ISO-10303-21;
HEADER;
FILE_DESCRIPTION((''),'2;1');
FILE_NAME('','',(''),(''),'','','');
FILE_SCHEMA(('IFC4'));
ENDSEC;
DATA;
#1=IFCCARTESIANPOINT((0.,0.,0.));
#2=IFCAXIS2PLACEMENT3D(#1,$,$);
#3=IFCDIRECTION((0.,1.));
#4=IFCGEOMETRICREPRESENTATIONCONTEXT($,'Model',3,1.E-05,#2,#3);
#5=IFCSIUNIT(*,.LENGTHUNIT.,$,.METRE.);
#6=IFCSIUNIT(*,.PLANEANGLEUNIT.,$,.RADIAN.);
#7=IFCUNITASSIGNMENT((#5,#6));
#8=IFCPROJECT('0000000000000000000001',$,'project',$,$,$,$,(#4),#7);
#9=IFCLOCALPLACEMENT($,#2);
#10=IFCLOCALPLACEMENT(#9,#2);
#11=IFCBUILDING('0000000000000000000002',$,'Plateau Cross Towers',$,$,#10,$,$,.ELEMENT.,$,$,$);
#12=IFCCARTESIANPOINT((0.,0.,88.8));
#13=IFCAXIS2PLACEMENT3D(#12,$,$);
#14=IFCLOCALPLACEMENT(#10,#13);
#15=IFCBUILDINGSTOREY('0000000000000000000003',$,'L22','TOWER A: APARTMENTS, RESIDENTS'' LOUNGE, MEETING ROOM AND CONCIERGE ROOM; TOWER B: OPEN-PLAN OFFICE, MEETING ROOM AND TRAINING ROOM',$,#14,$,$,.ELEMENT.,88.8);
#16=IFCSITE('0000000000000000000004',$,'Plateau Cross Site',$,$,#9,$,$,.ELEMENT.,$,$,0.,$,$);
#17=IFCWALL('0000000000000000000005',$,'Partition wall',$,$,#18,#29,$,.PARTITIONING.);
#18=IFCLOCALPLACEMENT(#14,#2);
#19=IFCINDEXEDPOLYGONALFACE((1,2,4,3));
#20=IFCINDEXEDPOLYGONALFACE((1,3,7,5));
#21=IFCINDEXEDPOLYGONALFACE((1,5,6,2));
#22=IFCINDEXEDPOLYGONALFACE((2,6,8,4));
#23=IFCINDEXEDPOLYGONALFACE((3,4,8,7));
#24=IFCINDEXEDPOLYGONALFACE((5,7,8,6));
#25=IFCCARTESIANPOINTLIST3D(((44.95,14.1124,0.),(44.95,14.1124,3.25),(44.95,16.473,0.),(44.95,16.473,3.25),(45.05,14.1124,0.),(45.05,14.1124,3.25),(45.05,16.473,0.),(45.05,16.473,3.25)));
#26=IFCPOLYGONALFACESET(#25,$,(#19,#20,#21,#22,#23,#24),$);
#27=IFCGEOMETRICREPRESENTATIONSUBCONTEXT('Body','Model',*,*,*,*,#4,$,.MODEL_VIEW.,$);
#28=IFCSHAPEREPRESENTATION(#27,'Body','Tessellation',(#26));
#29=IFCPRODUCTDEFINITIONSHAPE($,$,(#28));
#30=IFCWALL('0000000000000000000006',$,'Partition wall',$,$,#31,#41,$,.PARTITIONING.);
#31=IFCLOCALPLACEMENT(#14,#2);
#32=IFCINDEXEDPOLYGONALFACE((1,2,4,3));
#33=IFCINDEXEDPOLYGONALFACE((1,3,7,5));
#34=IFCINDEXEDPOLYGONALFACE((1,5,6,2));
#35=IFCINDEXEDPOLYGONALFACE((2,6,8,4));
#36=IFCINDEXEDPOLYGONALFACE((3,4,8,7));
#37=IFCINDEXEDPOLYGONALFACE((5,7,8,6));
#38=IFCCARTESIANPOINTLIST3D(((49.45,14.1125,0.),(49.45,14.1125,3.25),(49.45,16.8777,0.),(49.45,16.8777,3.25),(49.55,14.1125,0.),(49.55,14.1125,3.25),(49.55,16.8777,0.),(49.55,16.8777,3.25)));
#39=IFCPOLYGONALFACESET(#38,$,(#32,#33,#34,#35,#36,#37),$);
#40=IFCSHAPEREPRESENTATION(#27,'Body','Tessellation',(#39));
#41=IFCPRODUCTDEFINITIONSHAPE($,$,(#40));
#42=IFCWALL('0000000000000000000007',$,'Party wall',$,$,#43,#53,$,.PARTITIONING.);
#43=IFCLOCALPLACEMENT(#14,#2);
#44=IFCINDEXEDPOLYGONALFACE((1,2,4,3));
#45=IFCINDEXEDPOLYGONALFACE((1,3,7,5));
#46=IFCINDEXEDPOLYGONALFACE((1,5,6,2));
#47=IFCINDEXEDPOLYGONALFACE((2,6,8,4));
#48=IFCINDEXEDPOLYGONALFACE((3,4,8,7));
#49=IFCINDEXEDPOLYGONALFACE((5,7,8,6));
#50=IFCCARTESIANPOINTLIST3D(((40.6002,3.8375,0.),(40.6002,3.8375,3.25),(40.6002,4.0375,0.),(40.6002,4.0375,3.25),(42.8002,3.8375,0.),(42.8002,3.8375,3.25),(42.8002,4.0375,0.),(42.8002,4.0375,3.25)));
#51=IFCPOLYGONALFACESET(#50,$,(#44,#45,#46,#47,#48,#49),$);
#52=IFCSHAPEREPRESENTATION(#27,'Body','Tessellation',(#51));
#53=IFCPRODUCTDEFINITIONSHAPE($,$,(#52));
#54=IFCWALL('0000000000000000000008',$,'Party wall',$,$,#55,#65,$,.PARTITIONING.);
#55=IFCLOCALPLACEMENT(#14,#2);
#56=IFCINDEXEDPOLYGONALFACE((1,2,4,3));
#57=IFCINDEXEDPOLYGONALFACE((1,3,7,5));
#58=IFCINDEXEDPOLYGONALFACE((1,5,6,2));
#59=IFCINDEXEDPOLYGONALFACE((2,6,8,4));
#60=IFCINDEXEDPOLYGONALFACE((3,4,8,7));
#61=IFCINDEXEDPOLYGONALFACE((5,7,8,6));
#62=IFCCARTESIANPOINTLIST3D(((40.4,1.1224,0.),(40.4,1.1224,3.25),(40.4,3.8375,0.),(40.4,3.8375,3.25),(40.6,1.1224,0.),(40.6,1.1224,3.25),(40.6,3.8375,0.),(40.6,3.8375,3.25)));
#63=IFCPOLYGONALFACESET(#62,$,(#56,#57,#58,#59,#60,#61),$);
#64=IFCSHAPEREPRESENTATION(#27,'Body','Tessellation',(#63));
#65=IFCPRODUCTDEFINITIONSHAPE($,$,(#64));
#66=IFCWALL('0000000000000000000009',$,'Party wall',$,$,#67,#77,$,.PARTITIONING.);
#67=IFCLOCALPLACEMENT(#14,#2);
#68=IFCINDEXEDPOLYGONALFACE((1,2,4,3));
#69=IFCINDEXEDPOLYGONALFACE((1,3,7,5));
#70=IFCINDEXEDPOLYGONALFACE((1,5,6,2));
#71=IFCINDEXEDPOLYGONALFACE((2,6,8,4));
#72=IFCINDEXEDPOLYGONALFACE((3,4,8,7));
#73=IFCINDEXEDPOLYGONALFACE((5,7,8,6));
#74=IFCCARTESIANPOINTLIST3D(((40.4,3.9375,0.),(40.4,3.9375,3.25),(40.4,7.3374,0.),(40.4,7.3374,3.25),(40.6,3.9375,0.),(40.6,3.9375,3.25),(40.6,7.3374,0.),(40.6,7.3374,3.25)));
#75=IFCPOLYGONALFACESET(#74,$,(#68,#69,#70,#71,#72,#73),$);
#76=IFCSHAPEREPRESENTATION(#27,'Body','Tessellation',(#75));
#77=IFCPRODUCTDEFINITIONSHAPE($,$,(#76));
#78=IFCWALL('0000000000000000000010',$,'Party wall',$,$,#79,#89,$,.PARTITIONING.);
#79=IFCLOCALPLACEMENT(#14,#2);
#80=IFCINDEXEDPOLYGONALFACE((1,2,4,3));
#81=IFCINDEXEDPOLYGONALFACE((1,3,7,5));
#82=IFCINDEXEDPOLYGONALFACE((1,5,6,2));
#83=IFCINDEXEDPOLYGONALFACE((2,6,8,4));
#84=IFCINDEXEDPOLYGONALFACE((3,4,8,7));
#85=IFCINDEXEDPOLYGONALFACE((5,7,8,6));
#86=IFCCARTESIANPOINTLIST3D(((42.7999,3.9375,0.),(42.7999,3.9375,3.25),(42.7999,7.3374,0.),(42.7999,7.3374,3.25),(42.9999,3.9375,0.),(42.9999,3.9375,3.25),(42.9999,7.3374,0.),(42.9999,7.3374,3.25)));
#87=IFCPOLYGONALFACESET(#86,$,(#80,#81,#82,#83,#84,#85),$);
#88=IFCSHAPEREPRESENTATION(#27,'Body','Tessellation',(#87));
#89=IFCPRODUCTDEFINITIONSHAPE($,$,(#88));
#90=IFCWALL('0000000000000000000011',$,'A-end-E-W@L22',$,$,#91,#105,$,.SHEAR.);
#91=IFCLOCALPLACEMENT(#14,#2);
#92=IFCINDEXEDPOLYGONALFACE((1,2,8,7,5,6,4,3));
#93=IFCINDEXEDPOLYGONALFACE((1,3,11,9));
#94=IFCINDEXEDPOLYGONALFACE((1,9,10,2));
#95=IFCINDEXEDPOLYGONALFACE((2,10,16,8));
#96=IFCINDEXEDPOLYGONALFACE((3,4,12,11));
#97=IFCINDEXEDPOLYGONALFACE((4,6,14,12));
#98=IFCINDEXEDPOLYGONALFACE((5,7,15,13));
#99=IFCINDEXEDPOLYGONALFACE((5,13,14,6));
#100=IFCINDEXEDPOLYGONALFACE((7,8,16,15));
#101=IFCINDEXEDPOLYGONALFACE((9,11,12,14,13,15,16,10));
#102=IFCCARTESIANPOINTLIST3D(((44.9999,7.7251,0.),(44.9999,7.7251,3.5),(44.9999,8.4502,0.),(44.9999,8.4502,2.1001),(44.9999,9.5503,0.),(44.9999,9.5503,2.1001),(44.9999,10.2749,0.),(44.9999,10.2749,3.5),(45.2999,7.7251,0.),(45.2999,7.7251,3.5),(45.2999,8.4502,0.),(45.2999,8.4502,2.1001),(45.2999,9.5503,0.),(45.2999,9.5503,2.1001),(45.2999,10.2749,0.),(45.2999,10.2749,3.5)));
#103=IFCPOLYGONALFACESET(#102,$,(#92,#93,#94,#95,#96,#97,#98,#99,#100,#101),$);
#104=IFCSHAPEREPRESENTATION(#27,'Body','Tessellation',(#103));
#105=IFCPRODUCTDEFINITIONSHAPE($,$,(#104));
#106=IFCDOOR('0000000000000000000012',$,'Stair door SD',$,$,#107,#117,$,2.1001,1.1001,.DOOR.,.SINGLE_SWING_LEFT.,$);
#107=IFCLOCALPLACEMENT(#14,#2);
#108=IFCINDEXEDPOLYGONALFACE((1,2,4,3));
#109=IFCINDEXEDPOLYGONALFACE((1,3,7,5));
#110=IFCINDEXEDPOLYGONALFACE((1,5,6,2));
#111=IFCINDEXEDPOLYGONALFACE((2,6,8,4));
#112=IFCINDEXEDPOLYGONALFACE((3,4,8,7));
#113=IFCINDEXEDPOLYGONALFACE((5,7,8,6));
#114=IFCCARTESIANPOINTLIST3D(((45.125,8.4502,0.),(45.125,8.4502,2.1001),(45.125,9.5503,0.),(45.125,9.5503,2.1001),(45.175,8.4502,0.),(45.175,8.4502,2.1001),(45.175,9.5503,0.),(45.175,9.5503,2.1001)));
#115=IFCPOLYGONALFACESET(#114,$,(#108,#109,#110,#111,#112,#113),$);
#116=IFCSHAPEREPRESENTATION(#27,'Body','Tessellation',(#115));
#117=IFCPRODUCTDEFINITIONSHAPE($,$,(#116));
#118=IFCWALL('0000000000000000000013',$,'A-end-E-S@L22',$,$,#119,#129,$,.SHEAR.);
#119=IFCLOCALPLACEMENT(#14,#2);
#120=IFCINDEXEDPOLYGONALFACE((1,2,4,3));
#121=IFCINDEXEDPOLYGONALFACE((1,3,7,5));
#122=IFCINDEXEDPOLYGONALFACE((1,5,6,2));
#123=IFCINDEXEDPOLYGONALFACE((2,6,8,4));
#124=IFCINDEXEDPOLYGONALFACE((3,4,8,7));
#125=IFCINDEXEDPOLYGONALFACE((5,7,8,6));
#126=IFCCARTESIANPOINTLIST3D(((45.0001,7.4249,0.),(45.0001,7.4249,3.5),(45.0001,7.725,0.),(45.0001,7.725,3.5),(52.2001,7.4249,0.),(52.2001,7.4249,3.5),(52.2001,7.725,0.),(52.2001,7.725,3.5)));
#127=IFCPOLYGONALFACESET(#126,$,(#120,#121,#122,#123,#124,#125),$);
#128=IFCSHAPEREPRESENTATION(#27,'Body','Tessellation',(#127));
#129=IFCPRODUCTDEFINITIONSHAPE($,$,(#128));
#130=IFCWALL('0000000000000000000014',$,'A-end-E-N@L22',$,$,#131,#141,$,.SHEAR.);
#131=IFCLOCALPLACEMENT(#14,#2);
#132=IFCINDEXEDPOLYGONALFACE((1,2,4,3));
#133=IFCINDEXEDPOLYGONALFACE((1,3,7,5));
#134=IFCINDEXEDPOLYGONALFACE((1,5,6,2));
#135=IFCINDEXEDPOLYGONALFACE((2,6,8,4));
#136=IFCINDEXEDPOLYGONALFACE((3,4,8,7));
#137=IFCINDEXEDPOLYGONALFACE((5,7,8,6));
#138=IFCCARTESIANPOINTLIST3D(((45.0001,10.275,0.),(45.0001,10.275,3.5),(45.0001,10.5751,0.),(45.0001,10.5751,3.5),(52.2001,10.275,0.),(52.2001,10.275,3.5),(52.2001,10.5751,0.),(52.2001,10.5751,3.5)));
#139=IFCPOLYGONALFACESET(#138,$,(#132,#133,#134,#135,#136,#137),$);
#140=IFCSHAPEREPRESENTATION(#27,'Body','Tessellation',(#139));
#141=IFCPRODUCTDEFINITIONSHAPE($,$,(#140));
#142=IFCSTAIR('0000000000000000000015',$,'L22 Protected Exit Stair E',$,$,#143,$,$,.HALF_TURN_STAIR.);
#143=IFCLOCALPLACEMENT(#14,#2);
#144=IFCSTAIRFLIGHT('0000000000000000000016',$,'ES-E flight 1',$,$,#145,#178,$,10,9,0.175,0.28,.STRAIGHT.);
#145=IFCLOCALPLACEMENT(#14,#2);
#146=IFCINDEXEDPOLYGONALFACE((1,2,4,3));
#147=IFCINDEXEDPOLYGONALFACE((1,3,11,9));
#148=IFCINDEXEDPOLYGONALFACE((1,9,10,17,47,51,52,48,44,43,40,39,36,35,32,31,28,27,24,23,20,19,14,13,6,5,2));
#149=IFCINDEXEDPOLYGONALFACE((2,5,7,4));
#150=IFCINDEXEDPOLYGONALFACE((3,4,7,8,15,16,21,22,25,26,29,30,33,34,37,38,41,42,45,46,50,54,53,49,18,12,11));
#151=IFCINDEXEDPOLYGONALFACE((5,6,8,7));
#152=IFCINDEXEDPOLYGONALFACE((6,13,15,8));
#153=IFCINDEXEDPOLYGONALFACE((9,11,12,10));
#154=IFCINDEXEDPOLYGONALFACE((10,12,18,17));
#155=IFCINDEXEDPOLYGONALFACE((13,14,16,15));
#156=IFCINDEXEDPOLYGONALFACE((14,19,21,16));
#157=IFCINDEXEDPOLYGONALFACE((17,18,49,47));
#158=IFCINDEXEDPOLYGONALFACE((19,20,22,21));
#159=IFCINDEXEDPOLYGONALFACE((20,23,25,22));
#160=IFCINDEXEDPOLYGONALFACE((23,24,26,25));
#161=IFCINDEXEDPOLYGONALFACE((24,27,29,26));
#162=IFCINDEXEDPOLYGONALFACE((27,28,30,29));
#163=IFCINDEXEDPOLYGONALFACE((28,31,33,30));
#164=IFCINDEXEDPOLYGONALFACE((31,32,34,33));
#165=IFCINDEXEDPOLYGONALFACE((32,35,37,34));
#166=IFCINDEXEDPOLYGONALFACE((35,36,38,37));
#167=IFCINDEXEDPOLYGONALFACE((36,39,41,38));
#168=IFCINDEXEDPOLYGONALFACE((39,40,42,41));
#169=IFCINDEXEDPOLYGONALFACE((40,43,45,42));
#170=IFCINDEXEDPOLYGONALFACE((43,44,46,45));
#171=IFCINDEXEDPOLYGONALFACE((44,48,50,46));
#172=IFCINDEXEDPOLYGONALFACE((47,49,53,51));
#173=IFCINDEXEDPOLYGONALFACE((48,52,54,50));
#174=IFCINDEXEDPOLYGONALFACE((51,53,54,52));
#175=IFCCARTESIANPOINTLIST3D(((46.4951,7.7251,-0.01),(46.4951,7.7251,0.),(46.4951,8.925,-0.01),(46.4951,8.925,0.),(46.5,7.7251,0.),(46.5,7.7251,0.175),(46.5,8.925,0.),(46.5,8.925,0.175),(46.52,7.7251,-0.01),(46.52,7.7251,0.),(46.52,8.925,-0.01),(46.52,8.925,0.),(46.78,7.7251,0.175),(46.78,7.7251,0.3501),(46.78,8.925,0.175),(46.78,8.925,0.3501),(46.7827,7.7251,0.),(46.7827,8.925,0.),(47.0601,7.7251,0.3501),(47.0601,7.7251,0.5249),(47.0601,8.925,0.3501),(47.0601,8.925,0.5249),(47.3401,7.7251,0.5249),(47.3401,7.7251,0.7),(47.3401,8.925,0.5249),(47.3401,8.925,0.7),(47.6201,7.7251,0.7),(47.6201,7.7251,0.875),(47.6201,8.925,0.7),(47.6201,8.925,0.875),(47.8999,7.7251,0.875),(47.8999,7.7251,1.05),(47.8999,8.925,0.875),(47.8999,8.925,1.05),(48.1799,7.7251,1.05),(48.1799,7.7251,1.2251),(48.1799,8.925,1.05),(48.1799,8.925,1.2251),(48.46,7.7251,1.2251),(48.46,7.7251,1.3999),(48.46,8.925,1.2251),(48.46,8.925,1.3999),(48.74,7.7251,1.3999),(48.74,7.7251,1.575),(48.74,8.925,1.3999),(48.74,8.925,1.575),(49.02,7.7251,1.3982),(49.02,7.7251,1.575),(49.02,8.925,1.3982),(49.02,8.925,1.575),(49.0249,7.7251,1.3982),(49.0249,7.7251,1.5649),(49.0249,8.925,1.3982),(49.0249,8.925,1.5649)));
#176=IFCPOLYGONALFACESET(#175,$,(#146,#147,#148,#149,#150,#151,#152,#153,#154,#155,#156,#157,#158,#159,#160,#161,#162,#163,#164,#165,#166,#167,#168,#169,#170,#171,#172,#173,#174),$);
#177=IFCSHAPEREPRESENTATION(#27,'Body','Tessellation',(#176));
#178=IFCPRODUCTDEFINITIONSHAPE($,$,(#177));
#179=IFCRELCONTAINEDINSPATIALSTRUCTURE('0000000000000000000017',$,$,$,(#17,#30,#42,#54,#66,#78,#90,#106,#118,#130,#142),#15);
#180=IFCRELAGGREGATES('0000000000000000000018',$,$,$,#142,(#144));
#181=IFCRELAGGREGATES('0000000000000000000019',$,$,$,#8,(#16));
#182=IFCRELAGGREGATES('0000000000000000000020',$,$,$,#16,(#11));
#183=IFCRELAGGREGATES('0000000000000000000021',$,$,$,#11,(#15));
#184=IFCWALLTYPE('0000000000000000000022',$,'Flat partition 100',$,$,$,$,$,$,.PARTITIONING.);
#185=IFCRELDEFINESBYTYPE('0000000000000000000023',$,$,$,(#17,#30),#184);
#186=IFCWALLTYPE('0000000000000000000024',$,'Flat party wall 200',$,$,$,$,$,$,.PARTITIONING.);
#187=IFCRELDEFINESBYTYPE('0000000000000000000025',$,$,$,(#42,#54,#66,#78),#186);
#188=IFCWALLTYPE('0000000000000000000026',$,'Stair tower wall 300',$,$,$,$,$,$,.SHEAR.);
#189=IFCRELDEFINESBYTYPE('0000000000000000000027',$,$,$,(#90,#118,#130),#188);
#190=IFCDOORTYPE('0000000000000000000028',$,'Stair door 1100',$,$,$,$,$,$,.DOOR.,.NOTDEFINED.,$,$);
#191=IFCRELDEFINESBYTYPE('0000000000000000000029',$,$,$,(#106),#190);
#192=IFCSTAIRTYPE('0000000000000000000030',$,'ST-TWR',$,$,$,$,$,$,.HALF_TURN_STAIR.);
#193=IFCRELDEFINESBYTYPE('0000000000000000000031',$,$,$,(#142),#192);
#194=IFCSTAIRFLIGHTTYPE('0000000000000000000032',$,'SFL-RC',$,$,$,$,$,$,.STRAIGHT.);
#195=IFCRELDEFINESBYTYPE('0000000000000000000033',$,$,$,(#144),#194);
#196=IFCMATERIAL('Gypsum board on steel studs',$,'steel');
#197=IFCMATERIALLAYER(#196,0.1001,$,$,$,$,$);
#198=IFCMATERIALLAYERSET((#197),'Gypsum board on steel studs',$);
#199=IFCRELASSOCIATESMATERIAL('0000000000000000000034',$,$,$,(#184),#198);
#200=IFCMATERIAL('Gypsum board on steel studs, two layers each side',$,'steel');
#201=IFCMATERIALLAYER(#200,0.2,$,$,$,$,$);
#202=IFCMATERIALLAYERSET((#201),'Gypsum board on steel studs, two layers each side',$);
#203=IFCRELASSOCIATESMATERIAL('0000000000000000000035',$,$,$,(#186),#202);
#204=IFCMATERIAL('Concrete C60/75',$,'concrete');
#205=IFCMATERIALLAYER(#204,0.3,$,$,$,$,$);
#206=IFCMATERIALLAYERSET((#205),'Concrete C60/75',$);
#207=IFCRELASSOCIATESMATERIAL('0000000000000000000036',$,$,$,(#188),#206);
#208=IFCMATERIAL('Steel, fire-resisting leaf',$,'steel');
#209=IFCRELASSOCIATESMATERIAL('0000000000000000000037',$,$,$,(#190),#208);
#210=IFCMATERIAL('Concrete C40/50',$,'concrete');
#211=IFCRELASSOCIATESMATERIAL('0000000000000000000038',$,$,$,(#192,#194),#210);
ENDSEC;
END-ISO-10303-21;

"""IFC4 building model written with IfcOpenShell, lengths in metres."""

from ifc_helpers import new_model, si_unit, direction, frame, frame_2d, origin, place, context, subcontext, project, spatial, polyline, rectangle, outline, extrude, material, layer, layer_set, type_object, element, fill, aggregate, save


model = new_model("IFC4")

# Units and contexts
model_context = context("Model", 3, precision=1e-05, world=origin(), true_north=direction((0.0, 1.0)))
body_context = subcontext(model_context, "Body", "Model", "MODEL_VIEW")
ifc_project = project(units=[si_unit("LENGTHUNIT", "METRE"), si_unit("PLANEANGLEUNIT", "RADIAN")], contexts=[model_context])

# Site, building, storey
site_placement = place(None, origin())
site = spatial("IfcSite", under=ifc_project, at=site_placement, Name="Plateau Cross Site", CompositionType="ELEMENT", RefElevation=0.0)
building_placement = place(site_placement, origin())
building = spatial("IfcBuilding", under=site, at=building_placement, Name="Plateau Cross Towers", CompositionType="ELEMENT")
storey_placement = place(building_placement, frame((0.0, 0.0, 88.8)))
storey = spatial("IfcBuildingStorey", under=building, at=storey_placement, Name="L22", Description="TOWER A: APARTMENTS, RESIDENTS' LOUNGE, MEETING ROOM AND CONCIERGE ROOM; TOWER B: OPEN-PLAN OFFICE, MEETING ROOM AND TRAINING ROOM", CompositionType="ELEMENT", Elevation=88.8)

# Walls
ifc_material_1 = material(Name="Gypsum board on steel studs", Category="steel")
ifc_layer_1 = layer(ifc_material_1, 0.1001)
ifc_layer_set_1 = layer_set([ifc_layer_1], Name="Gypsum board on steel studs")
wall_type_1 = type_object("IfcWallType", Name="Flat partition 100", PredefinedType="PARTITIONING", material=ifc_layer_set_1)
wall_1_placement = place(storey_placement, frame((45.0, 14.1125, 0.0), z_axis=(0.0, 0.0, 1.0), x_axis=(0.0, 1.0, 0.0)))
element("IfcWall", 1, at=wall_1_placement, inside=storey, type_object=wall_type_1, Name="Partition wall", PredefinedType="PARTITIONING", context=body_context, shape_type="SweptSolid", body=[
    extrude(rectangle(XDim=2.3606, YDim=0.1001, at=frame_2d((1.1802, 0.0))), origin(), (0.0, 0.0, 1.0), 3.25),
])
wall_2_placement = place(storey_placement, frame((49.5, 14.1125, 0.0), z_axis=(0.0, 0.0, 1.0), x_axis=(0.0, 1.0, 0.0)))
element("IfcWall", 2, at=wall_2_placement, inside=storey, type_object=wall_type_1, Name="Partition wall", PredefinedType="PARTITIONING", context=body_context, shape_type="SweptSolid", body=[
    extrude(rectangle(XDim=2.7651, YDim=0.1001, at=frame_2d((1.3826, 0.0))), origin(), (0.0, 0.0, 1.0), 3.25),
])
ifc_material_2 = material(Name="Gypsum board on steel studs, two layers each side", Category="steel")
ifc_layer_2 = layer(ifc_material_2, 0.2)
ifc_layer_set_2 = layer_set([ifc_layer_2], Name="Gypsum board on steel studs, two layers each side")
wall_type_2 = type_object("IfcWallType", Name="Flat party wall 200", PredefinedType="PARTITIONING", material=ifc_layer_set_2)
wall_3_placement = place(storey_placement, frame((40.6001, 3.9375, 0.0), z_axis=(0.0, 0.0, 1.0), x_axis=(1.0, 0.0, 0.0)))
element("IfcWall", 3, at=wall_3_placement, inside=storey, type_object=wall_type_2, Name="Party wall", PredefinedType="PARTITIONING", context=body_context, shape_type="SweptSolid", body=[
    extrude(rectangle(XDim=2.2, YDim=0.2, at=frame_2d((1.1001, 0.0))), origin(), (0.0, 0.0, 1.0), 3.25),
])
wall_4_placement = place(storey_placement, frame((40.5, 3.8374, 0.0), z_axis=(0.0, 0.0, 1.0), x_axis=(0.0, -1.0, 0.0)))
element("IfcWall", 4, at=wall_4_placement, inside=storey, type_object=wall_type_2, Name="Party wall", PredefinedType="PARTITIONING", context=body_context, shape_type="SweptSolid", body=[
    extrude(rectangle(XDim=2.7151, YDim=0.2, at=frame_2d((1.3574, 0.0))), origin(), (0.0, 0.0, 1.0), 3.25),
])
for number, where, z_axis, x_axis, name in (
    (5, (40.5, 3.9375, 0.0), (0.0, 0.0, 1.0), (0.0, 1.0, 0.0), "Party wall"),
    (6, (42.8999, 3.9375, 0.0), (0.0, 0.0, 1.0), (0.0, 1.0, 0.0), "Party wall"),
):
    element("IfcWall", number, at=place(storey_placement, frame(where, z_axis=z_axis, x_axis=x_axis)), inside=storey, type_object=wall_type_2, Name=name, PredefinedType="PARTITIONING", context=body_context, shape_type="SweptSolid", body=[
        extrude(rectangle(XDim=3.3999, YDim=0.2, at=frame_2d((1.7, 0.0))), origin(), (0.0, 0.0, 1.0), 3.25),
    ])

# Wall, opening, door
ifc_material_3 = material(Name="Concrete C60/75", Category="concrete")
ifc_layer_3 = layer(ifc_material_3, 0.3)
ifc_layer_set_3 = layer_set([ifc_layer_3], Name="Concrete C60/75")
wall_type_3 = type_object("IfcWallType", Name="Stair tower wall 300", PredefinedType="SHEAR", material=ifc_layer_set_3)
wall_5_placement = place(storey_placement, frame((45.1499, 7.7251, 0.0), z_axis=(0.0, 0.0, 1.0), x_axis=(0.0, 1.0, 0.0)))
wall_5 = element("IfcWall", 7, at=wall_5_placement, inside=storey, type_object=wall_type_3, Name="A-end-E-W@L22", PredefinedType="SHEAR", context=body_context, shape_type="SweptSolid", body=[
    extrude(rectangle(XDim=2.5498, YDim=0.3, at=frame_2d((1.2749, 0.0))), origin(), (0.0, 0.0, 1.0), 3.5),
])
opening_placement = place(wall_5_placement, frame((0.7251, 0.0, 0.0)))
opening = element("IfcOpeningElement", 8, at=opening_placement, cuts=wall_5, PredefinedType="OPENING", context=body_context, shape_type="SweptSolid", body=[
    extrude(rectangle(XDim=1.1001, YDim=2.1001, at=frame_2d((0.55, 1.05))), frame((0.0, 0.1599, 0.0), z_axis=(0.0, -1.0, 0.0), x_axis=(1.0, 0.0, 0.0)), (0.0, 0.0, 1.0), 0.3201),
])
ifc_material_4 = material(Name="Steel, fire-resisting leaf", Category="steel")
door_type = type_object("IfcDoorType", Name="Stair door 1100", OperationType="NOTDEFINED", PredefinedType="DOOR", material=ifc_material_4)
door_placement = place(opening_placement, origin())
door = element("IfcDoor", 9, at=door_placement, inside=storey, type_object=door_type, Name="Stair door SD", OperationType="SINGLE_SWING_LEFT", OverallHeight=2.1001, OverallWidth=1.1001, PredefinedType="DOOR", context=body_context, shape_type="SweptSolid", body=[
    extrude(rectangle(XDim=1.1001, YDim=2.1001, at=frame_2d((0.55, 1.05))), frame((0.0, 0.0249, 0.0), z_axis=(0.0, -1.0, 0.0), x_axis=(1.0, 0.0, 0.0)), (0.0, 0.0, 1.0), 0.05),
])
fill(opening, door)

# Walls
for number, where, z_axis, x_axis, name in (
    (10, (45.0, 7.575, 0.0), (0.0, 0.0, 1.0), (1.0, 0.0, 0.0), "A-end-E-S@L22"),
    (11, (45.0, 10.425, 0.0), (0.0, 0.0, 1.0), (1.0, 0.0, 0.0), "A-end-E-N@L22"),
):
    element("IfcWall", number, at=place(storey_placement, frame(where, z_axis=z_axis, x_axis=x_axis)), inside=storey, type_object=wall_type_3, Name=name, PredefinedType="SHEAR", context=body_context, shape_type="SweptSolid", body=[
        extrude(rectangle(XDim=7.2, YDim=0.3, at=frame_2d((3.6001, 0.0))), origin(), (0.0, 0.0, 1.0), 3.5),
    ])

# Stair, stair flight
ifc_material_5 = material(Name="Concrete C40/50", Category="concrete")
stair_type = type_object("IfcStairType", Name="ST-TWR", PredefinedType="HALF_TURN_STAIR", material=ifc_material_5)
stair_placement = place(storey_placement, origin())
stair = element("IfcStair", 12, at=stair_placement, inside=storey, type_object=stair_type, Name="L22 Protected Exit Stair E", PredefinedType="HALF_TURN_STAIR")
stair_flight_type = type_object("IfcStairFlightType", Name="SFL-RC", PredefinedType="STRAIGHT", material=ifc_material_5)
stair_flight_1_placement = place(storey_placement, frame((46.5, 8.325, 0.0), z_axis=(0.0, 0.0, 1.0), x_axis=(1.0, 0.0, 0.0)))
stair_flight_1 = element("IfcStairFlight", 13, at=stair_flight_1_placement, type_object=stair_flight_type, Name="ES-E flight 1", NumberOfRisers=10, NumberOfTreads=9, PredefinedType="STRAIGHT", RiserHeight=0.175, TreadLength=0.28, context=body_context, shape_type="SweptSolid", body=[
    extrude(outline(polyline([(-0.0049, -0.01), (-0.0049, 0.0), (0.0, 0.0), (0.0, 0.175), (0.28, 0.175), (0.28, 0.3501), (0.5601, 0.3501), (0.5601, 0.5249), (0.8401, 0.5249), (0.8401, 0.7), (1.1201, 0.7), (1.1201, 0.875), (1.3999, 0.875), (1.3999, 1.05), (1.6799, 1.05), (1.6799, 1.2251), (1.96, 1.2251), (1.96, 1.3999), (2.24, 1.3999), (2.24, 1.575), (2.52, 1.575), (2.5249, 1.5649), (2.5249, 1.3982), (2.52, 1.3982), (0.2827, 0.0), (0.02, 0.0), (0.02, -0.01), (-0.0049, -0.01)])), frame((0.0, 0.6001, 0.0), z_axis=(0.0, -1.0, 0.0), x_axis=(1.0, 0.0, 0.0)), (0.0, 0.0, 1.0), 1.2),
])
aggregate(stair, [stair_flight_1])

save(model, "model.ifc")
